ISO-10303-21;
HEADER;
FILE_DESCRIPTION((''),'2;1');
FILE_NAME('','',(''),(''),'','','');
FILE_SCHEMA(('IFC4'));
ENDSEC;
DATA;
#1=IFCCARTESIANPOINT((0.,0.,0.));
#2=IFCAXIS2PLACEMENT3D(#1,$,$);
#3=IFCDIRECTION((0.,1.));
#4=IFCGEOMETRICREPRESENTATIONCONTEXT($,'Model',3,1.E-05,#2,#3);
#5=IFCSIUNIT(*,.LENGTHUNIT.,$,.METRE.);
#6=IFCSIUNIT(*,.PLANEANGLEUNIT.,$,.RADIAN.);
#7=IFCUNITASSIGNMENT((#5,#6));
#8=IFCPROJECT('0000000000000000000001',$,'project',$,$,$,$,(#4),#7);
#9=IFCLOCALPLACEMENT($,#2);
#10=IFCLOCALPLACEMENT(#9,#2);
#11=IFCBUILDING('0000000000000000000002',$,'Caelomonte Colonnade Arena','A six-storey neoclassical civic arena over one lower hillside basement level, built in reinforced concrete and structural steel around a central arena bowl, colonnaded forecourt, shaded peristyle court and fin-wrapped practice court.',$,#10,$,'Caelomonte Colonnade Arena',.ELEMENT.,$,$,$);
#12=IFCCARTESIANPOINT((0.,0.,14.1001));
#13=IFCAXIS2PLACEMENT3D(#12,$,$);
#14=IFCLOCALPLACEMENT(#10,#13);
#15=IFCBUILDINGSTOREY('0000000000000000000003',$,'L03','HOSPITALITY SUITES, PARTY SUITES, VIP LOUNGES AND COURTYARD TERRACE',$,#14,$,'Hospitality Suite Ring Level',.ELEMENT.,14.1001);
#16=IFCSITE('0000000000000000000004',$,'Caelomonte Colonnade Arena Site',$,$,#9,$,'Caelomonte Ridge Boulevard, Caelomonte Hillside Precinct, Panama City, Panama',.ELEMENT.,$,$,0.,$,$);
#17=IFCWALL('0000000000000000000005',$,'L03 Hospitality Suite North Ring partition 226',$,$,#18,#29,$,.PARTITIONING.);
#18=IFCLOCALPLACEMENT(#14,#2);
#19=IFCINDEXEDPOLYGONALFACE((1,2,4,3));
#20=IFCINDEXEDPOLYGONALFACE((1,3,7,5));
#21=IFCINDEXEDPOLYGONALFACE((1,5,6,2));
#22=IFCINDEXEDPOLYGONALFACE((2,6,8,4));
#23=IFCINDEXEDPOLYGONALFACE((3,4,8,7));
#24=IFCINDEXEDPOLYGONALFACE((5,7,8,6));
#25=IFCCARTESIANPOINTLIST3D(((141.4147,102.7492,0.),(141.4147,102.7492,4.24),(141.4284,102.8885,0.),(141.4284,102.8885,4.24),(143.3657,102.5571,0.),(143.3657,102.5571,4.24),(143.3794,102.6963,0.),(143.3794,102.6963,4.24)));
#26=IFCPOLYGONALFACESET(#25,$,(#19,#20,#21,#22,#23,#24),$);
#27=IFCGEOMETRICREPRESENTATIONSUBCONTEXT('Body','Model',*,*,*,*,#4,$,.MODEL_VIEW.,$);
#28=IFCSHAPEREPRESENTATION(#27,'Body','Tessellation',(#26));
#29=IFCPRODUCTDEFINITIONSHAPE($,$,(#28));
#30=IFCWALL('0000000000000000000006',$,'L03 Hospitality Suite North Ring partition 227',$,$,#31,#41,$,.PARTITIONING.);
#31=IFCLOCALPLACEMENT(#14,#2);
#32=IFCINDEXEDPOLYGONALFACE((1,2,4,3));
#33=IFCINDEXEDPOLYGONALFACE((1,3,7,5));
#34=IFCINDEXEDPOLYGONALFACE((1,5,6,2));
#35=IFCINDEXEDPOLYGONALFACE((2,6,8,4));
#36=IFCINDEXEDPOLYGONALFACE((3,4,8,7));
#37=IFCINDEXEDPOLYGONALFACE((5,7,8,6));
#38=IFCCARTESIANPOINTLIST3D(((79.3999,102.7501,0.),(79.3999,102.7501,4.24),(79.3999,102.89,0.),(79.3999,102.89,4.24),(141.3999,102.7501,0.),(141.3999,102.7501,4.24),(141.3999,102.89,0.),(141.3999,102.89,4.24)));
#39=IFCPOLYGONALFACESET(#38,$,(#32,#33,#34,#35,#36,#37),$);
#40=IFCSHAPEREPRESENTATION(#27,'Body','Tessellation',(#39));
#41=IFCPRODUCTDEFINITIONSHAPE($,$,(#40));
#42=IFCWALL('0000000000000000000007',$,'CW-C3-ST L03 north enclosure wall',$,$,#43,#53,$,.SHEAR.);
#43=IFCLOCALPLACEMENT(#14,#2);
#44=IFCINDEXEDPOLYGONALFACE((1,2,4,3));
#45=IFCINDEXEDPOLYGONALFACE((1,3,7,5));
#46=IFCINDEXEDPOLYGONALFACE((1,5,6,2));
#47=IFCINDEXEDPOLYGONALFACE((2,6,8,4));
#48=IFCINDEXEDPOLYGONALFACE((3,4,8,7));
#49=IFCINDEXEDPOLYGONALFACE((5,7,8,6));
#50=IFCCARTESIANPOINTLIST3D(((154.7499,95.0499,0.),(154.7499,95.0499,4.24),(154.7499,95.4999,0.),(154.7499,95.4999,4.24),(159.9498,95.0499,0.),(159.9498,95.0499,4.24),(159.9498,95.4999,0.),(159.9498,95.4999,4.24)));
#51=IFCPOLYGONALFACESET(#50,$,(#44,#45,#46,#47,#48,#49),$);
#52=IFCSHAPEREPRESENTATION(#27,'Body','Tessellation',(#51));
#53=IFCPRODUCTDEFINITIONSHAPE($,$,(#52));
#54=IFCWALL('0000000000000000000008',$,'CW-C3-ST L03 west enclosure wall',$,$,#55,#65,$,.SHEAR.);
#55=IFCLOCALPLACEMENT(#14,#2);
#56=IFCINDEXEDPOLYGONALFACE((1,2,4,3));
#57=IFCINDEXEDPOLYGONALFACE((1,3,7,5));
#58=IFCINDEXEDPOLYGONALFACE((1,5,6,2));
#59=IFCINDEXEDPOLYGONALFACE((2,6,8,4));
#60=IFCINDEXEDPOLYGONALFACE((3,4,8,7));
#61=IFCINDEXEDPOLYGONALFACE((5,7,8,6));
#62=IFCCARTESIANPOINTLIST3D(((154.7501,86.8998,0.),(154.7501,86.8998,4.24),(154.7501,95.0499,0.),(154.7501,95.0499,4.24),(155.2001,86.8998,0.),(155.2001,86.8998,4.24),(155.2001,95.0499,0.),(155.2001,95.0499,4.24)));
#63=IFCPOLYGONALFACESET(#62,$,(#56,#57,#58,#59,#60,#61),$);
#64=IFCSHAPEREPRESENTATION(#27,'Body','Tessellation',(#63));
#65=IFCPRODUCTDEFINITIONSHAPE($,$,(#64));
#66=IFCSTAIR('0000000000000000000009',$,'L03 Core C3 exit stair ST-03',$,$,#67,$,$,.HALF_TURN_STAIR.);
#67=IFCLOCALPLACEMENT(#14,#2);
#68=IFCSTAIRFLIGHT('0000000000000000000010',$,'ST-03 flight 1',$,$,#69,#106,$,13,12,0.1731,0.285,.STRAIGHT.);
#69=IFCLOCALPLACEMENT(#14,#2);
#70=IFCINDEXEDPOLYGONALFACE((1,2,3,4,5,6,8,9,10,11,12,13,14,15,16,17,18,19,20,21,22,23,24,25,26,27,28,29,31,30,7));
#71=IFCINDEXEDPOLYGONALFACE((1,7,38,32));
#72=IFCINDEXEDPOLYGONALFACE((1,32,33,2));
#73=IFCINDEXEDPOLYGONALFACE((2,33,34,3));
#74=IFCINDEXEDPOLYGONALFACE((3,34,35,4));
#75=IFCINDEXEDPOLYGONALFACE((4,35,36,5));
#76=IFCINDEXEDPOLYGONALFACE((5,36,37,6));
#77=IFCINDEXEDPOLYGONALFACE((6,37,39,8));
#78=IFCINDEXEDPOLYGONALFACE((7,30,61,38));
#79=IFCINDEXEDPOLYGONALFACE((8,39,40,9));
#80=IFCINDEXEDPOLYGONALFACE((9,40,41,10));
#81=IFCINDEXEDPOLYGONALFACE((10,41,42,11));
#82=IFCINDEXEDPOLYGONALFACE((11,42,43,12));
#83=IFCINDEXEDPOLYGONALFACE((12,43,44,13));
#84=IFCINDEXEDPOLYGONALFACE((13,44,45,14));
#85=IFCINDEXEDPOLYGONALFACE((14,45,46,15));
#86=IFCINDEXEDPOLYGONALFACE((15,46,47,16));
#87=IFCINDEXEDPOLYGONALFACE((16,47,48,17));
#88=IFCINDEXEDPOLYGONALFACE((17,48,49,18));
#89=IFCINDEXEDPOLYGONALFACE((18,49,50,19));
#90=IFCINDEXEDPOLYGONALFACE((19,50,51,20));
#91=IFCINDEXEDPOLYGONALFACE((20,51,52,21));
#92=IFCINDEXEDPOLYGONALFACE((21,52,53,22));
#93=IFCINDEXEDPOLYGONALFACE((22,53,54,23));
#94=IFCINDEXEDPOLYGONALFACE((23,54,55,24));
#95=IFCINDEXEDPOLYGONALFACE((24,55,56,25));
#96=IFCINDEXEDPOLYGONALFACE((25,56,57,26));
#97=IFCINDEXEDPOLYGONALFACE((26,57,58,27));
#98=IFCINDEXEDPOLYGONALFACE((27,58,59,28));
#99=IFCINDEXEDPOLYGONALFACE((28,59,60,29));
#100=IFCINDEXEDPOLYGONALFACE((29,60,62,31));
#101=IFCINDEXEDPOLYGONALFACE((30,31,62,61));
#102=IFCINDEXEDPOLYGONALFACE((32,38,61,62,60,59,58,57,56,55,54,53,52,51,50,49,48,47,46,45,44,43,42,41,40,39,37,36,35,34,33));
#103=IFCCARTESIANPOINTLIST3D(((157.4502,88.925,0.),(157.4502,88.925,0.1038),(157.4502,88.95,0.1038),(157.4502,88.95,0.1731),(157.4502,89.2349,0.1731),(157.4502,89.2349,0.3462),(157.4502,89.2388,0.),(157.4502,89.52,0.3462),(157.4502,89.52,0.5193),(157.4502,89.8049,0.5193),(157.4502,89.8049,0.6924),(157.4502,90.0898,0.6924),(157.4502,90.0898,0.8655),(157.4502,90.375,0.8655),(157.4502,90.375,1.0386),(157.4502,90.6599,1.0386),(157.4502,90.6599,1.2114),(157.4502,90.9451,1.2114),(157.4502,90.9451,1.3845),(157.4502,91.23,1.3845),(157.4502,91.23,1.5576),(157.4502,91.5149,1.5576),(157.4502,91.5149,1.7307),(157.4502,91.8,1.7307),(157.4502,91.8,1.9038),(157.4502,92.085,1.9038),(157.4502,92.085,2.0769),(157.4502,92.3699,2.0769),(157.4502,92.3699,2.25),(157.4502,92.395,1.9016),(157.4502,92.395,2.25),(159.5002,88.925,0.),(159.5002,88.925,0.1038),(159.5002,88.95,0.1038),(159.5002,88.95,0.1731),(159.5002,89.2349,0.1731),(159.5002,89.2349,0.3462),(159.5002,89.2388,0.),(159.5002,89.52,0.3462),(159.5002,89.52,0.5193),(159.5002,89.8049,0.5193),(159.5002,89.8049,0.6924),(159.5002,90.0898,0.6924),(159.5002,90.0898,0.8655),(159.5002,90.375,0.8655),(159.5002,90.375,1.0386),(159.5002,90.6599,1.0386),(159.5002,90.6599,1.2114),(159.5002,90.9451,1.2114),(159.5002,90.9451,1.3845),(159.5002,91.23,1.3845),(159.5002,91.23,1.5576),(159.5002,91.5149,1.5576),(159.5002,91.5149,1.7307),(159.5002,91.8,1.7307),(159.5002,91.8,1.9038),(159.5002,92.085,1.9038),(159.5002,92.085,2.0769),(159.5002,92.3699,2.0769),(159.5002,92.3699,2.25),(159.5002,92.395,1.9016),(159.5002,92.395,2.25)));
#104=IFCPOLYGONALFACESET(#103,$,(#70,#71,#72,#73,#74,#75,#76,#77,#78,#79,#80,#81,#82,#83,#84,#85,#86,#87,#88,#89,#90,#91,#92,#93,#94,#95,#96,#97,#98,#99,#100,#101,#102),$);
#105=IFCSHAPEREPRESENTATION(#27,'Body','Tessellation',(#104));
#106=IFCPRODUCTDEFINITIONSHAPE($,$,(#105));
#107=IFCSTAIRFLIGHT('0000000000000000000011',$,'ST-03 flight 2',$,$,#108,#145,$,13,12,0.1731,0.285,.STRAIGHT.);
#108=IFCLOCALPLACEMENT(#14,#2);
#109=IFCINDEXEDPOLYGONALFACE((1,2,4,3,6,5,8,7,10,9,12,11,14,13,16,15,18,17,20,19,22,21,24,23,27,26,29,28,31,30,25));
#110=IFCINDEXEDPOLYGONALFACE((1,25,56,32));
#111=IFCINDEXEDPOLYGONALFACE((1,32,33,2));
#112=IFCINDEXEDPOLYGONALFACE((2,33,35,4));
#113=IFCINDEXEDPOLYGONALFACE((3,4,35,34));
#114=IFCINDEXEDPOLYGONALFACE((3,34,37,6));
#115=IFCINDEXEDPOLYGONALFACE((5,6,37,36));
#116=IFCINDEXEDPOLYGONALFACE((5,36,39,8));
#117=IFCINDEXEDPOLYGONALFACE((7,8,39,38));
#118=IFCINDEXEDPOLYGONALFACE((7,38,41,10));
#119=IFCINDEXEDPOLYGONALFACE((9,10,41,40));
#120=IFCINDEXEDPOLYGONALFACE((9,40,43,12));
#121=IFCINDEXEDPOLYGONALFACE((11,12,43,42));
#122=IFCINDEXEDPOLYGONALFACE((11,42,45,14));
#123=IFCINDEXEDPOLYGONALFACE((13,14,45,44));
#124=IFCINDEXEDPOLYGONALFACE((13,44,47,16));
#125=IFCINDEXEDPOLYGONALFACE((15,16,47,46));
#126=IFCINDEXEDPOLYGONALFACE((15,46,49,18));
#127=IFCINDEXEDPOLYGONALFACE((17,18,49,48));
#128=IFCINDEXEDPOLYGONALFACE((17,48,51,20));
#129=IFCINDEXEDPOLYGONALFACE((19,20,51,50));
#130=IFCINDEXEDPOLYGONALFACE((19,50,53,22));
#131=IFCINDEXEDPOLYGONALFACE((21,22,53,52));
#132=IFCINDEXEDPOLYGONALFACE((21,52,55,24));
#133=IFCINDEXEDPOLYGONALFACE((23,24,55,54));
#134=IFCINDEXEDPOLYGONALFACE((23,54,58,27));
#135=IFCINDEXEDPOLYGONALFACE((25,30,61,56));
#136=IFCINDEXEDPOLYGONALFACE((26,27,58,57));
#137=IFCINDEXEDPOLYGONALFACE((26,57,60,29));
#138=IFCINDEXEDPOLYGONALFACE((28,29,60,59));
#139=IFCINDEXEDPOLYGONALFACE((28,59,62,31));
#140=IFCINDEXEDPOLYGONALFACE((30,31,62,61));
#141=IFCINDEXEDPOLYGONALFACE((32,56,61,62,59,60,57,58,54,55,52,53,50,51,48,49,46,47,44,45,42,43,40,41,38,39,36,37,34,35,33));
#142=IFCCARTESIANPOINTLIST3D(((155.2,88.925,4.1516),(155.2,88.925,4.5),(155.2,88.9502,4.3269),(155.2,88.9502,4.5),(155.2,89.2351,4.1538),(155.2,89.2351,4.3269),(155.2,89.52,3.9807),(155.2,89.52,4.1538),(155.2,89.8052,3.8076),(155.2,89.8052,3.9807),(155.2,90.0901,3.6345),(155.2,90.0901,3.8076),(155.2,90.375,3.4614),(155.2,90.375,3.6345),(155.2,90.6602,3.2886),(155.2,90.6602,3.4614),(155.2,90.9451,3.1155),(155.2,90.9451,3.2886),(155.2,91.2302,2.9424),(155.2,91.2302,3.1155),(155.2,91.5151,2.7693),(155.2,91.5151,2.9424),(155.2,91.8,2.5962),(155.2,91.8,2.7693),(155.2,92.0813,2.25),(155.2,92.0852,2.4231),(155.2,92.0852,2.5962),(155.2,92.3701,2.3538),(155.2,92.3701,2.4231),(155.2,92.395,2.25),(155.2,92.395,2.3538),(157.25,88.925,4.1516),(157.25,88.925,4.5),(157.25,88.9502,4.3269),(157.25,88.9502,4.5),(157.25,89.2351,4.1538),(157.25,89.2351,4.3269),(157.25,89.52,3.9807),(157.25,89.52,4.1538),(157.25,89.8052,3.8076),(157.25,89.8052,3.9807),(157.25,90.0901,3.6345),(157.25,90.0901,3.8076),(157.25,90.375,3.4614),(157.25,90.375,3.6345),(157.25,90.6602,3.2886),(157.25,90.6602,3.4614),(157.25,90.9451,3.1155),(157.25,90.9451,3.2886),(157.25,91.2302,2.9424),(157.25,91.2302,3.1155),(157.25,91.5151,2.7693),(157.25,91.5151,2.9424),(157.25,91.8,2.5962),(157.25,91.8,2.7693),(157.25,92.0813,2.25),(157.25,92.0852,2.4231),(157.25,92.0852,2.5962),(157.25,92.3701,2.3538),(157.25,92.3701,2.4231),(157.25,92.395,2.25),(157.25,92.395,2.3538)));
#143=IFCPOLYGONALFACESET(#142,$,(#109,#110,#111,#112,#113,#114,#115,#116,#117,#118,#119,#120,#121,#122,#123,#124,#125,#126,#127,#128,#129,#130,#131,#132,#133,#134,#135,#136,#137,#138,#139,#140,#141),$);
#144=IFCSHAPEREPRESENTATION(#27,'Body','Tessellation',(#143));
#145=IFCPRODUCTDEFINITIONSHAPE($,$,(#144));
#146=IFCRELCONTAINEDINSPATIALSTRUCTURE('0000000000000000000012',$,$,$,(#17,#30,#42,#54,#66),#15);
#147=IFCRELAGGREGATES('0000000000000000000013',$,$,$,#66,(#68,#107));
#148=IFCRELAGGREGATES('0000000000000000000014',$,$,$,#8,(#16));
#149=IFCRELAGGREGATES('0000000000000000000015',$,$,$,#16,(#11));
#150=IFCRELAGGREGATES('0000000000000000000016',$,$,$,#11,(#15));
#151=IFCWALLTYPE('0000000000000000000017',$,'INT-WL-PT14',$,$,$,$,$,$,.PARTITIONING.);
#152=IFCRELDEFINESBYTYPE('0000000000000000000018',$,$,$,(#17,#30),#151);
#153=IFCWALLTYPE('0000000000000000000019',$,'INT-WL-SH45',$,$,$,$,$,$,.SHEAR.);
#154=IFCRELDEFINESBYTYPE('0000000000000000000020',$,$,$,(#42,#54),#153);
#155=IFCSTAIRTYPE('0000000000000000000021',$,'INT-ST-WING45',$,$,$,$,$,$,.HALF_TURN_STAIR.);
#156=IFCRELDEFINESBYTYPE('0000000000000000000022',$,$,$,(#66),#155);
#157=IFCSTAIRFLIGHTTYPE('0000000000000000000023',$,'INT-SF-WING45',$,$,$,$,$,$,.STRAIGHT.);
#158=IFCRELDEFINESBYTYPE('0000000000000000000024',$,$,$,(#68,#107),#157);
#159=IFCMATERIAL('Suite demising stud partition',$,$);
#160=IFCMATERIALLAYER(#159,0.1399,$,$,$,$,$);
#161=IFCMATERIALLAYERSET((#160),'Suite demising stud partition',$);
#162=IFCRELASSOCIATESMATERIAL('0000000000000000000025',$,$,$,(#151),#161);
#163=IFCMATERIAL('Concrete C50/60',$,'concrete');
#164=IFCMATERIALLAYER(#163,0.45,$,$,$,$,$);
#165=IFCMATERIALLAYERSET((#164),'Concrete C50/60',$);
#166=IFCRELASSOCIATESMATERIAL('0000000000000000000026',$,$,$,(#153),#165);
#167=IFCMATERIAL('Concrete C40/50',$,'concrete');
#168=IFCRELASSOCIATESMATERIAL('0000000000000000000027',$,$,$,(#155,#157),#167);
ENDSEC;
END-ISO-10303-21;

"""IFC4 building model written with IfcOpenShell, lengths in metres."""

from ifc_helpers import new_model, si_unit, direction, frame, frame_2d, origin, place, context, subcontext, project, spatial, polyline, rectangle, outline, extrude, material, layer, layer_set, type_object, element, aggregate, save


model = new_model("IFC4")

# Units and contexts
model_context = context("Model", 3, precision=1e-05, world=origin(), true_north=direction((0.0, 1.0)))
body_context = subcontext(model_context, "Body", "Model", "MODEL_VIEW")
ifc_project = project(units=[si_unit("LENGTHUNIT", "METRE"), si_unit("PLANEANGLEUNIT", "RADIAN")], contexts=[model_context])

# Site, building, storey
site_placement = place(None, origin())
site = spatial("IfcSite", under=ifc_project, at=site_placement, Name="Caelomonte Colonnade Arena Site", LongName="Caelomonte Ridge Boulevard, Caelomonte Hillside Precinct, Panama City, Panama", CompositionType="ELEMENT", RefElevation=0.0)
building_placement = place(site_placement, origin())
building = spatial("IfcBuilding", under=site, at=building_placement, Name="Caelomonte Colonnade Arena", Description="A six-storey neoclassical civic arena over one lower hillside basement level, built in reinforced concrete and structural steel around a central arena bowl, colonnaded forecourt, shaded peristyle court and fin-wrapped practice court.", LongName="Caelomonte Colonnade Arena", CompositionType="ELEMENT")
storey_placement = place(building_placement, frame((0.0, 0.0, 14.1001)))
storey = spatial("IfcBuildingStorey", under=building, at=storey_placement, Name="L03", Description="HOSPITALITY SUITES, PARTY SUITES, VIP LOUNGES AND COURTYARD TERRACE", LongName="Hospitality Suite Ring Level", CompositionType="ELEMENT", Elevation=14.1001)

# Shared definitions
ifc_material_1 = material(Name="Concrete C40/50", Category="concrete")

# Walls
ifc_material_2 = material(Name="Suite demising stud partition")
ifc_layer_1 = layer(ifc_material_2, 0.1399)
ifc_layer_set_1 = layer_set([ifc_layer_1], Name="Suite demising stud partition")
wall_type_1 = type_object("IfcWallType", Name="INT-WL-PT14", PredefinedType="PARTITIONING", material=ifc_layer_set_1)
wall_1_placement = place(storey_placement, frame((143.3726, 102.6267, 0.0), z_axis=(0.0, 0.0, 1.0), x_axis=(-0.995185, 0.098012, 0.0)))
element("IfcWall", 1, at=wall_1_placement, inside=storey, type_object=wall_type_1, Name="L03 Hospitality Suite North Ring partition 226", PredefinedType="PARTITIONING", context=body_context, shape_type="SweptSolid", body=[
    extrude(rectangle(XDim=1.9604, YDim=0.1399, at=frame_2d((0.9802, 0.0))), origin(), (0.0, 0.0, 1.0), 4.24),
])
wall_2_placement = place(storey_placement, frame((141.3999, 102.8201, 0.0), z_axis=(0.0, 0.0, 1.0), x_axis=(-1.0, 0.0, 0.0)))
element("IfcWall", 2, at=wall_2_placement, inside=storey, type_object=wall_type_1, Name="L03 Hospitality Suite North Ring partition 227", PredefinedType="PARTITIONING", context=body_context, shape_type="SweptSolid", body=[
    extrude(rectangle(XDim=62.0, YDim=0.1399, at=frame_2d((31.0, 0.0))), origin(), (0.0, 0.0, 1.0), 4.24),
])
ifc_material_3 = material(Name="Concrete C50/60", Category="concrete")
ifc_layer_2 = layer(ifc_material_3, 0.45)
ifc_layer_set_2 = layer_set([ifc_layer_2], Name="Concrete C50/60")
wall_type_2 = type_object("IfcWallType", Name="INT-WL-SH45", PredefinedType="SHEAR", material=ifc_layer_set_2)
wall_3_placement = place(storey_placement, frame((159.95, 95.2749, 0.0), z_axis=(0.0, 0.0, 1.0), x_axis=(-1.0, 0.0, 0.0)))
element("IfcWall", 3, at=wall_3_placement, inside=storey, type_object=wall_type_2, Name="CW-C3-ST L03 north enclosure wall", PredefinedType="SHEAR", context=body_context, shape_type="SweptSolid", body=[
    extrude(rectangle(XDim=5.2, YDim=0.45, at=frame_2d((2.6001, 0.0))), origin(), (0.0, 0.0, 1.0), 4.24),
])
wall_4_placement = place(storey_placement, frame((154.9751, 95.05, 0.0), z_axis=(0.0, 0.0, 1.0), x_axis=(0.0, -1.0, 0.0)))
element("IfcWall", 4, at=wall_4_placement, inside=storey, type_object=wall_type_2, Name="CW-C3-ST L03 west enclosure wall", PredefinedType="SHEAR", context=body_context, shape_type="SweptSolid", body=[
    extrude(rectangle(XDim=8.1501, YDim=0.45, at=frame_2d((4.0752, 0.0))), origin(), (0.0, 0.0, 1.0), 4.24),
])

# Stair, stair flights
stair_type = type_object("IfcStairType", Name="INT-ST-WING45", PredefinedType="HALF_TURN_STAIR", material=ifc_material_1)
stair_placement = place(storey_placement, origin())
stair = element("IfcStair", 5, at=stair_placement, inside=storey, type_object=stair_type, Name="L03 Core C3 exit stair ST-03", PredefinedType="HALF_TURN_STAIR")
stair_flight_type = type_object("IfcStairFlightType", Name="INT-SF-WING45", PredefinedType="STRAIGHT", material=ifc_material_1)
stair_flight_1_placement = place(storey_placement, frame((158.4751, 88.95, 0.0), z_axis=(0.0, 0.0, 1.0), x_axis=(0.0, 1.0, 0.0)))
stair_flight_1 = element("IfcStairFlight", 6, at=stair_flight_1_placement, type_object=stair_flight_type, Name="ST-03 flight 1", NumberOfRisers=13, NumberOfTreads=12, PredefinedType="STRAIGHT", RiserHeight=0.1731, TreadLength=0.285, context=body_context, shape_type="SweptSolid", body=[
    extrude(outline(polyline([(-0.0249, 0.0), (-0.0249, 0.1038), (0.0, 0.1038), (0.0, 0.1731), (0.2849, 0.1731), (0.2849, 0.3462), (0.5701, 0.3462), (0.5701, 0.5193), (0.855, 0.5193), (0.855, 0.6924), (1.1399, 0.6924), (1.1399, 0.8655), (1.425, 0.8655), (1.425, 1.0386), (1.71, 1.0386), (1.71, 1.2114), (1.9951, 1.2114), (1.9951, 1.3845), (2.28, 1.3845), (2.28, 1.5576), (2.5649, 1.5576), (2.5649, 1.7307), (2.8501, 1.7307), (2.8501, 1.9038), (3.135, 1.9038), (3.135, 2.0769), (3.4199, 2.0769), (3.4199, 2.25), (3.4451, 2.25), (3.4451, 1.9016), (0.2888, 0.0), (-0.0249, 0.0)])), frame((0.0, 1.0249, 0.0), z_axis=(0.0, -1.0, 0.0), x_axis=(1.0, 0.0, 0.0)), (0.0, 0.0, 1.0), 2.05),
])
stair_flight_2_placement = place(storey_placement, frame((156.2251, 92.3701, 2.25), z_axis=(0.0, 0.0, 1.0), x_axis=(0.0, -1.0, 0.0)))
stair_flight_2 = element("IfcStairFlight", 7, at=stair_flight_2_placement, type_object=stair_flight_type, Name="ST-03 flight 2", NumberOfRisers=13, NumberOfTreads=12, PredefinedType="STRAIGHT", RiserHeight=0.1731, TreadLength=0.285, context=body_context, shape_type="SweptSolid", body=[
    extrude(outline(polyline([(-0.0249, 0.0), (-0.0249, 0.1038), (0.0, 0.1038), (0.0, 0.1731), (0.2849, 0.1731), (0.2849, 0.3462), (0.5701, 0.3462), (0.5701, 0.5193), (0.855, 0.5193), (0.855, 0.6924), (1.1399, 0.6924), (1.1399, 0.8655), (1.425, 0.8655), (1.425, 1.0386), (1.71, 1.0386), (1.71, 1.2114), (1.9951, 1.2114), (1.9951, 1.3845), (2.28, 1.3845), (2.28, 1.5576), (2.5649, 1.5576), (2.5649, 1.7307), (2.8501, 1.7307), (2.8501, 1.9038), (3.135, 1.9038), (3.135, 2.0769), (3.4199, 2.0769), (3.4199, 2.25), (3.4451, 2.25), (3.4451, 1.9016), (0.2888, 0.0), (-0.0249, 0.0)])), frame((0.0, 1.0249, 0.0), z_axis=(0.0, -1.0, 0.0), x_axis=(1.0, 0.0, 0.0)), (0.0, 0.0, 1.0), 2.05),
])
aggregate(stair, [stair_flight_1, stair_flight_2])

save(model, "model.ifc")
